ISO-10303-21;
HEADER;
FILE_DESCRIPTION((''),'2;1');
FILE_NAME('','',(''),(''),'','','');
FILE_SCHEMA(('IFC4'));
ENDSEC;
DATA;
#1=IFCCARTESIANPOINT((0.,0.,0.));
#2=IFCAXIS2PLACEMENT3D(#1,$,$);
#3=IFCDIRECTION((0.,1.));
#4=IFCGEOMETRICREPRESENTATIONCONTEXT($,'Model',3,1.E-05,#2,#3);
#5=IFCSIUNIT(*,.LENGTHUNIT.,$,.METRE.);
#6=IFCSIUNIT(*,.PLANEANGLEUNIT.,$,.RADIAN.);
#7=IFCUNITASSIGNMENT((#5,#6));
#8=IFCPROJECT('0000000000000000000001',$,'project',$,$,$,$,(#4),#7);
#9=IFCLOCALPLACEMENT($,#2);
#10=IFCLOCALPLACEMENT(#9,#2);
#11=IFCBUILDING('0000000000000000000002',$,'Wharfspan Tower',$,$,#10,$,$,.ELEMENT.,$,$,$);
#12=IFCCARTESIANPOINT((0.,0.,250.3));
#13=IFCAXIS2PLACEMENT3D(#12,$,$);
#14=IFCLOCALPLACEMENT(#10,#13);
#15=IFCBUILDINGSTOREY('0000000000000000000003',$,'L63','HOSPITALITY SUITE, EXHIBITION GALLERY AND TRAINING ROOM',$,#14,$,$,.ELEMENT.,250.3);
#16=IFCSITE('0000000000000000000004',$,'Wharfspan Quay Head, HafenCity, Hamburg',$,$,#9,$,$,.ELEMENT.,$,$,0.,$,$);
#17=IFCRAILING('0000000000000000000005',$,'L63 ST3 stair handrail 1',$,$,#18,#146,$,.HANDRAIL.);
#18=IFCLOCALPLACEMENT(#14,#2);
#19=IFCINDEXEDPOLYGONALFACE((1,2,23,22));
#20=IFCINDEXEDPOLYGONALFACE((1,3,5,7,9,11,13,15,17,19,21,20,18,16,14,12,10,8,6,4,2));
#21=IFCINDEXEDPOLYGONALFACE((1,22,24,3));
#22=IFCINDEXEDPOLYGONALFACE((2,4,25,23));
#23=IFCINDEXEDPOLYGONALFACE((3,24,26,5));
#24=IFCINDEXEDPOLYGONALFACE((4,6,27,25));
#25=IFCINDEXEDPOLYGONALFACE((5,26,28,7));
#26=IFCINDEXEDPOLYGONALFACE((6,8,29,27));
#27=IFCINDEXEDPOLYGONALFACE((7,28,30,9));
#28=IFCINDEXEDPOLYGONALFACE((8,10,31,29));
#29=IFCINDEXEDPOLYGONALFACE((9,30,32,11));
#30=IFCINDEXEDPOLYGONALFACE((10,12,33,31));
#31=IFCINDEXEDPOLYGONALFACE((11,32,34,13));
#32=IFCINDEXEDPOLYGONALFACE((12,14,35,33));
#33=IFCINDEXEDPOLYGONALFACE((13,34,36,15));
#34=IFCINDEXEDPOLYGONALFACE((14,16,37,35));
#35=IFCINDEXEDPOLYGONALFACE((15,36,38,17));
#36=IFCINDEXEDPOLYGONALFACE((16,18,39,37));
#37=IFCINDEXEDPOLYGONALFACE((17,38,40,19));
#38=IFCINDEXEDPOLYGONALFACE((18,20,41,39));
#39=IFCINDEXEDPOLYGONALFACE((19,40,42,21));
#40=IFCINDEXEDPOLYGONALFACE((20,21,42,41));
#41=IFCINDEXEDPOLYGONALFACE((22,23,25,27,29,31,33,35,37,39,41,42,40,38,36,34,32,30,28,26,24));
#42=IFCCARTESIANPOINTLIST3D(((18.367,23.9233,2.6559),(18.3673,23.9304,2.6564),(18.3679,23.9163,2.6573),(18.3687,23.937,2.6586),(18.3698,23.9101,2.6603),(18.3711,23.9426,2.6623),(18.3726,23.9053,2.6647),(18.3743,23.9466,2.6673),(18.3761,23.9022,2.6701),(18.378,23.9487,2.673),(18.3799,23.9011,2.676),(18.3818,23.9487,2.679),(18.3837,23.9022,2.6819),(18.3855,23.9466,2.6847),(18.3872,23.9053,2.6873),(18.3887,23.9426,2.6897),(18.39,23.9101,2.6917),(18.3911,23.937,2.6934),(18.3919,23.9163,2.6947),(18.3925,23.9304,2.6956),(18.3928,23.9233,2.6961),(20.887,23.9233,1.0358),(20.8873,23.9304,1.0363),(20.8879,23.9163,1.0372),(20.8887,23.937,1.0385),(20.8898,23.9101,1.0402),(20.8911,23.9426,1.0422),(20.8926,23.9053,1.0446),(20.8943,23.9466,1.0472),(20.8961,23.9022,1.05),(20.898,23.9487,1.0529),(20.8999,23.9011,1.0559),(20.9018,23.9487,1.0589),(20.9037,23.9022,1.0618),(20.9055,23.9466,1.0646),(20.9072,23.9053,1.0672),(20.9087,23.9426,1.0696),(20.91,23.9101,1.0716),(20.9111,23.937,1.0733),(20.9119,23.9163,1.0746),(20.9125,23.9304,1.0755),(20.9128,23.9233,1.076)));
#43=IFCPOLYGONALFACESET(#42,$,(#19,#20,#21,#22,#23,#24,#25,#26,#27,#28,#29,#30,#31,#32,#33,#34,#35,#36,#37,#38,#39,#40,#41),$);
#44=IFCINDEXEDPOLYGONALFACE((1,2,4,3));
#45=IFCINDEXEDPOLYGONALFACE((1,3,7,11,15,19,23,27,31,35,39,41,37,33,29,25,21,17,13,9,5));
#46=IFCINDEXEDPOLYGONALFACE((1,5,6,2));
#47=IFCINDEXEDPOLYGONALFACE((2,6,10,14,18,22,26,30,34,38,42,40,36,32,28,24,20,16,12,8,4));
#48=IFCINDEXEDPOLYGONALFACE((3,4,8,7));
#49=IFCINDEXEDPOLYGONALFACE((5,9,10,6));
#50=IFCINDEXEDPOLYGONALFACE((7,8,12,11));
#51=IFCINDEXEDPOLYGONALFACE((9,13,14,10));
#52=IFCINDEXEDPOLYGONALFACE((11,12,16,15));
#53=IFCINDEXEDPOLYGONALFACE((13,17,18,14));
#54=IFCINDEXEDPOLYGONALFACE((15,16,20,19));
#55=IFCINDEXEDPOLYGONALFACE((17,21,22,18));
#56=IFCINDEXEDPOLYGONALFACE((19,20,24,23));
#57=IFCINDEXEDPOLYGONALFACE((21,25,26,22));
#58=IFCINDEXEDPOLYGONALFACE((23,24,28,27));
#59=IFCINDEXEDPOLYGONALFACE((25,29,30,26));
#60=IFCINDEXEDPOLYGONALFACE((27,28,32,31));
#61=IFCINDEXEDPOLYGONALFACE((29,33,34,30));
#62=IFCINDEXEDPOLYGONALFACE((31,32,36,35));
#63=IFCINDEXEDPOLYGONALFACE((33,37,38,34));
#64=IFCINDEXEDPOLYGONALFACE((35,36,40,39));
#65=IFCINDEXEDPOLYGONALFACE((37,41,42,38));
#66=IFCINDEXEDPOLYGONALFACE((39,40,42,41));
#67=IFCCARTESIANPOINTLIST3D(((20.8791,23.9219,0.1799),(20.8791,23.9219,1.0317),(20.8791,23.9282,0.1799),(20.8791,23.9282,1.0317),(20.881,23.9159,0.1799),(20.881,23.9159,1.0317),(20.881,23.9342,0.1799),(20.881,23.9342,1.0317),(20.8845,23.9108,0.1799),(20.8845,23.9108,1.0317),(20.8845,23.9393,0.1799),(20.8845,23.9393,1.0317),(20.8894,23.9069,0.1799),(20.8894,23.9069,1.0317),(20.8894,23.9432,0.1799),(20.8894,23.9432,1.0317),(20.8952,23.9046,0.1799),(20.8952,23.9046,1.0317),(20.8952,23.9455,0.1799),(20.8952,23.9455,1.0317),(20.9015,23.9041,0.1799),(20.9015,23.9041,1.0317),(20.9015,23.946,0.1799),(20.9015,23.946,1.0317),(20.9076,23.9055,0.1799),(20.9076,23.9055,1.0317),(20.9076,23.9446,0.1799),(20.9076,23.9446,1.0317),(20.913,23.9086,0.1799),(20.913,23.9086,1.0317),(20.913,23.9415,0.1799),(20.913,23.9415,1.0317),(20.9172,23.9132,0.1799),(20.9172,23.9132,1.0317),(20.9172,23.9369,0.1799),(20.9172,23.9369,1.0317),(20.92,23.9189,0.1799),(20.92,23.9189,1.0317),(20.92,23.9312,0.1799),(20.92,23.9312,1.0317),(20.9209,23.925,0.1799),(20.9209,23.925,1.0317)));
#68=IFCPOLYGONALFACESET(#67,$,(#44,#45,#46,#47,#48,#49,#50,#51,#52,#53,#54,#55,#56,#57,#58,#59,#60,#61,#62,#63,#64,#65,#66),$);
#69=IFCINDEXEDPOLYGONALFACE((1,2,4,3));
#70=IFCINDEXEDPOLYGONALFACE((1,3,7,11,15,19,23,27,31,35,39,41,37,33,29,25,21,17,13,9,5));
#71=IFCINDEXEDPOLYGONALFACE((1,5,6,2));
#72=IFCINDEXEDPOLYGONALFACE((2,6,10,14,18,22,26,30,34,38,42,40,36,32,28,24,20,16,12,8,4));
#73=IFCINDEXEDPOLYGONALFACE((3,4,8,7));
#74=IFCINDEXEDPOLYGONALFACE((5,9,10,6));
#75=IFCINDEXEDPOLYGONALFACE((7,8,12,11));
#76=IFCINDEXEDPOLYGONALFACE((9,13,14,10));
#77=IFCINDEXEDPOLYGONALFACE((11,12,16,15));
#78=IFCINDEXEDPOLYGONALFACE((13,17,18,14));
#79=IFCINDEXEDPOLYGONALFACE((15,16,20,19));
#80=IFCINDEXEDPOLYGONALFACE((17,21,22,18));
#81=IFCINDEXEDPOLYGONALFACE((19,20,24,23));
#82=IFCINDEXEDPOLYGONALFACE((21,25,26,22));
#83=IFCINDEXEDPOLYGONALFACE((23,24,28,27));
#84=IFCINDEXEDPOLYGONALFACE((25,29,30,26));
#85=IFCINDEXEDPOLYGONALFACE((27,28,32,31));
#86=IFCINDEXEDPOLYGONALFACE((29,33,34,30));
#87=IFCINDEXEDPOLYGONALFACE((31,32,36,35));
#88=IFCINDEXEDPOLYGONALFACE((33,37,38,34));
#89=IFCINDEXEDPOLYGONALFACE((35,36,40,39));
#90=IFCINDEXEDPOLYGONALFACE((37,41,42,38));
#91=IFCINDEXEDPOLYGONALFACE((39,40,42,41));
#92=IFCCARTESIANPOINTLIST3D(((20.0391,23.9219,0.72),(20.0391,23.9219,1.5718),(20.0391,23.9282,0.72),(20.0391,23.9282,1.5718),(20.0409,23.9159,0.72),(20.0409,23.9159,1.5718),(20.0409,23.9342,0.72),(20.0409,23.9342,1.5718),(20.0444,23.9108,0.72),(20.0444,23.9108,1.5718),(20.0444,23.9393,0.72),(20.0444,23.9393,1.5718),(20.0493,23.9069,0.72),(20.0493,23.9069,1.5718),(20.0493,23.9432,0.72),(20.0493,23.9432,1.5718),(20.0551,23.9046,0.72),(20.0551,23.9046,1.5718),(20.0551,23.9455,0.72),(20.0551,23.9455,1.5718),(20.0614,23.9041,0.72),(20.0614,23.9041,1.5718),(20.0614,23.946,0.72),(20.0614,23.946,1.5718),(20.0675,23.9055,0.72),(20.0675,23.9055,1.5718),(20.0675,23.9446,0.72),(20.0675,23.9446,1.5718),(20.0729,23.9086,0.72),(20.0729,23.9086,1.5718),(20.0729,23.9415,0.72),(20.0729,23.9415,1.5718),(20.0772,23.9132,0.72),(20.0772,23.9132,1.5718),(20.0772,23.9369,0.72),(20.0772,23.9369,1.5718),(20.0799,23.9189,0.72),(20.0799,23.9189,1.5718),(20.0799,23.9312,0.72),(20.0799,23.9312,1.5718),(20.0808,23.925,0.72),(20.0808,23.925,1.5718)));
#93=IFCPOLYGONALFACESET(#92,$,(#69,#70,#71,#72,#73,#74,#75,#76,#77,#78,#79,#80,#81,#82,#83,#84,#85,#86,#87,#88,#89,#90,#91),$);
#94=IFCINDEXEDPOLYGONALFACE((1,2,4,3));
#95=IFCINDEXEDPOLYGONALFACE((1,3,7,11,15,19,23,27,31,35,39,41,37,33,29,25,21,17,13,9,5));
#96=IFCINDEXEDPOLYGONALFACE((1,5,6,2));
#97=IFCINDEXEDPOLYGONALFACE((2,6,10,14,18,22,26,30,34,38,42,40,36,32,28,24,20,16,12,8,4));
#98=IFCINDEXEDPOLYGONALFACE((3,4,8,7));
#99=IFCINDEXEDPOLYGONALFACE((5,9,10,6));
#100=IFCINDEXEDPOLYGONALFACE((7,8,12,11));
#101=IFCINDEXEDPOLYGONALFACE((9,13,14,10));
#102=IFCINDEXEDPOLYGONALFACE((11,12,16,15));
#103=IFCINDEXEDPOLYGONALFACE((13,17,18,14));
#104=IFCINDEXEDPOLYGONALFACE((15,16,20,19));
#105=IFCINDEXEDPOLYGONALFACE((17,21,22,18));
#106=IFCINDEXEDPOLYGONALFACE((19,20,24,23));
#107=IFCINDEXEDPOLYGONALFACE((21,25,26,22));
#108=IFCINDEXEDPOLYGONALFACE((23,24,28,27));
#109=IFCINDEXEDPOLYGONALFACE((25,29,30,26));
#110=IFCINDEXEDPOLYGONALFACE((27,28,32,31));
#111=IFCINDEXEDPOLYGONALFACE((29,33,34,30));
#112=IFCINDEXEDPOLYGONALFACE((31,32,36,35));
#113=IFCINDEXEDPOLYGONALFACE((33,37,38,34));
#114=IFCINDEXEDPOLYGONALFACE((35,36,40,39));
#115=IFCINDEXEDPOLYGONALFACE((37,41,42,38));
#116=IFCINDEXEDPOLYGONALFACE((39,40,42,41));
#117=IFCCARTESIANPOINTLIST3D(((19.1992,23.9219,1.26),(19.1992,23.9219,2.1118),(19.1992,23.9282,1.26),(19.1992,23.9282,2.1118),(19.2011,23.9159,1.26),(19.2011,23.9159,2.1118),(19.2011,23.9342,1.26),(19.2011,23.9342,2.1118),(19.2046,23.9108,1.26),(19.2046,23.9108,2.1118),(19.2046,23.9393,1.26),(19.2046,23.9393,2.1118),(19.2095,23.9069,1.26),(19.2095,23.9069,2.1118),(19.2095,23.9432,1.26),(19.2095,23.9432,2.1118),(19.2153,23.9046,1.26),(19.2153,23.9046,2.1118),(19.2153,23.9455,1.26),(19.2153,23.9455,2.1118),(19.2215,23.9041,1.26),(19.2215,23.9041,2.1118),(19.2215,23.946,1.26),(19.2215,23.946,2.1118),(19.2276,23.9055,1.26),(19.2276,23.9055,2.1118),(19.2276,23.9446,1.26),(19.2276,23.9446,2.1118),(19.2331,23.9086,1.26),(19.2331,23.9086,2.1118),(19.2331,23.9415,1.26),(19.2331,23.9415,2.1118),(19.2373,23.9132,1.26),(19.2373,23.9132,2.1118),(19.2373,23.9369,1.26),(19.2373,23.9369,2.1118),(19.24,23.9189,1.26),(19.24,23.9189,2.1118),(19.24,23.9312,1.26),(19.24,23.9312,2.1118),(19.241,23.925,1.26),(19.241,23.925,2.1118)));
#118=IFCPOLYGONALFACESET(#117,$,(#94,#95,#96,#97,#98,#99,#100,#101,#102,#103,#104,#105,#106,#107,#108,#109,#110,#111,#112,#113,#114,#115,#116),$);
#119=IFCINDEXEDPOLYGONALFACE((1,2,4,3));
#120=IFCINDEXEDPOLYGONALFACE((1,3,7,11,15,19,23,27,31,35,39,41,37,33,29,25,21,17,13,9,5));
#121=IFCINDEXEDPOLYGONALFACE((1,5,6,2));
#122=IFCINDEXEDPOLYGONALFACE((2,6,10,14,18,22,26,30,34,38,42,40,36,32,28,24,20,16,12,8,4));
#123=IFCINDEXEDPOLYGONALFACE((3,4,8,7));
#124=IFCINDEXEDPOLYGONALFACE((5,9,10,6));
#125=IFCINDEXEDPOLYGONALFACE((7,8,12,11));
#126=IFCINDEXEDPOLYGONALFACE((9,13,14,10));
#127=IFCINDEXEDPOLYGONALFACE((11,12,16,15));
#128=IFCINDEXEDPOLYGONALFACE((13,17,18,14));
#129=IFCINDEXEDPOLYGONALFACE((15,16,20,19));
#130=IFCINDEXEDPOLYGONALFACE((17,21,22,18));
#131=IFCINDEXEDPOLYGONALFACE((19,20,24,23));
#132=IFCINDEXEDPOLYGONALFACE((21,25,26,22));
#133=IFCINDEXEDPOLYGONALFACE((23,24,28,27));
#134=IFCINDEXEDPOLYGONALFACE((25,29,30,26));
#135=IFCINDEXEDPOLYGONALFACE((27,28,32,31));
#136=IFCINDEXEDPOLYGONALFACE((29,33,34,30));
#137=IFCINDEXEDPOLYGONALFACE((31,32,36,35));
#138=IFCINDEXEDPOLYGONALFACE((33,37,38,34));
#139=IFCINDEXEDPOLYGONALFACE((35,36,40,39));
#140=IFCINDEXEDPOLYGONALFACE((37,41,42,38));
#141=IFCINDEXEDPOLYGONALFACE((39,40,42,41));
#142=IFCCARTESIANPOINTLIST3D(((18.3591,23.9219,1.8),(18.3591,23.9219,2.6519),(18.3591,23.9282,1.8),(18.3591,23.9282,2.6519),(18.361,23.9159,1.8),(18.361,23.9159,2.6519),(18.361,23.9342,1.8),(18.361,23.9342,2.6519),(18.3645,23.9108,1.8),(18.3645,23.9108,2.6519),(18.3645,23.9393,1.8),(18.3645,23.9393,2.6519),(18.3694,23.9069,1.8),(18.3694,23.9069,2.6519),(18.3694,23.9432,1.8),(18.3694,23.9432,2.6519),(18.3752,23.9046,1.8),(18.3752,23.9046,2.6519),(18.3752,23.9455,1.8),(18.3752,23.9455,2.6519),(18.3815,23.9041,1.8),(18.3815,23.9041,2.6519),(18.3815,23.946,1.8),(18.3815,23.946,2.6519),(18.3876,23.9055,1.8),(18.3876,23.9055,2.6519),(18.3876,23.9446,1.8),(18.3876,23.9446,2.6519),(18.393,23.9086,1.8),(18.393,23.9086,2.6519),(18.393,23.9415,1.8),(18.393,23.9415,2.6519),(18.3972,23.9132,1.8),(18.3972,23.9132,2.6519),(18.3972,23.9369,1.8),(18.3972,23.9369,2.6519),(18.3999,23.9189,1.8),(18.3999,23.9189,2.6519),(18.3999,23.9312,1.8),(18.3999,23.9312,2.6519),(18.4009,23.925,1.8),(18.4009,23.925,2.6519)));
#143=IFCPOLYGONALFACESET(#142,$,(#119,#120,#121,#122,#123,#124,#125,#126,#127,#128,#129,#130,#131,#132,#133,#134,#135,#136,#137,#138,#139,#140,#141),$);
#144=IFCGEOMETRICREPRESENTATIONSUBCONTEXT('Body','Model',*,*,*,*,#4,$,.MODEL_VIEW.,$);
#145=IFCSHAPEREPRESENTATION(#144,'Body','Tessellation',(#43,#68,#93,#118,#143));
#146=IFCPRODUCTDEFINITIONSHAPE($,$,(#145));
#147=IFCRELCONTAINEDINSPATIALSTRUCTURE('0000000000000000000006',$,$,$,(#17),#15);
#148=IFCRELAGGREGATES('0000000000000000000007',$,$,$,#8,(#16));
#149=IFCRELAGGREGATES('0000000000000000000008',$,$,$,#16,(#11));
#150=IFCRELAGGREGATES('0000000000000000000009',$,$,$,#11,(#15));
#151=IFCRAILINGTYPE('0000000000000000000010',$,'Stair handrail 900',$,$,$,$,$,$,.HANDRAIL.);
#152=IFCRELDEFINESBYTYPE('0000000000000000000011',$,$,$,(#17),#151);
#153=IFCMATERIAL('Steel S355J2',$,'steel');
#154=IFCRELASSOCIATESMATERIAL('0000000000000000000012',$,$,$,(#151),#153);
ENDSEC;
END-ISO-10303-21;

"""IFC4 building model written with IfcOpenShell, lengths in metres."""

from ifc_helpers import new_model, si_unit, direction, frame, origin, origin_2d, place, context, subcontext, project, spatial, circle, extrude, material, type_object, element, save


model = new_model("IFC4")

# Units and contexts
model_context = context("Model", 3, precision=1e-05, world=origin(), true_north=direction((0.0, 1.0)))
body_context = subcontext(model_context, "Body", "Model", "MODEL_VIEW")
ifc_project = project(units=[si_unit("LENGTHUNIT", "METRE"), si_unit("PLANEANGLEUNIT", "RADIAN")], contexts=[model_context])

# Site, building, storey
site_placement = place(None, origin())
site = spatial("IfcSite", under=ifc_project, at=site_placement, Name="Wharfspan Quay Head, HafenCity, Hamburg", CompositionType="ELEMENT", RefElevation=0.0)
building_placement = place(site_placement, origin())
building = spatial("IfcBuilding", under=site, at=building_placement, Name="Wharfspan Tower", CompositionType="ELEMENT")
storey_placement = place(building_placement, frame((0.0, 0.0, 250.3)))
storey = spatial("IfcBuildingStorey", under=building, at=storey_placement, Name="L63", Description="HOSPITALITY SUITE, EXHIBITION GALLERY AND TRAINING ROOM", CompositionType="ELEMENT", Elevation=250.3)

# Shared definitions
ifc_material_1 = material(Name="Steel S355J2", Category="steel")

# Railing
railing_type_1 = type_object("IfcRailingType", Name="Stair handrail 900", PredefinedType="HANDRAIL", material=ifc_material_1)
railing_1_placement = place(storey_placement, frame((20.8999, 23.925, 0.1799)))
element("IfcRailing", 1, at=railing_1_placement, inside=storey, type_object=railing_type_1, Name="L63 ST3 stair handrail 1", PredefinedType="HANDRAIL", context=body_context, shape_type="SweptSolid", body=[
    extrude(circle(Radius=0.0239, at=origin_2d()), frame((0.0, 0.0, 0.876), z_axis=(-0.841163, 0.0, 0.540782), x_axis=(0.0, -1.0, 0.0)), (0.0, 0.0, 1.0), 2.9958),
    extrude(circle(Radius=0.021, at=origin_2d()), origin(), (0.0, 0.0, 1.0), 0.8518),
    extrude(circle(Radius=0.021, at=origin_2d()), frame((-0.8401, 0.0, 0.54)), (0.0, 0.0, 1.0), 0.8518),
    extrude(circle(Radius=0.021, at=origin_2d()), frame((-1.6799, 0.0, 1.0801)), (0.0, 0.0, 1.0), 0.8518),
    extrude(circle(Radius=0.021, at=origin_2d()), frame((-2.52, 0.0, 1.6201)), (0.0, 0.0, 1.0), 0.8518),
])

save(model, "model.ifc")
